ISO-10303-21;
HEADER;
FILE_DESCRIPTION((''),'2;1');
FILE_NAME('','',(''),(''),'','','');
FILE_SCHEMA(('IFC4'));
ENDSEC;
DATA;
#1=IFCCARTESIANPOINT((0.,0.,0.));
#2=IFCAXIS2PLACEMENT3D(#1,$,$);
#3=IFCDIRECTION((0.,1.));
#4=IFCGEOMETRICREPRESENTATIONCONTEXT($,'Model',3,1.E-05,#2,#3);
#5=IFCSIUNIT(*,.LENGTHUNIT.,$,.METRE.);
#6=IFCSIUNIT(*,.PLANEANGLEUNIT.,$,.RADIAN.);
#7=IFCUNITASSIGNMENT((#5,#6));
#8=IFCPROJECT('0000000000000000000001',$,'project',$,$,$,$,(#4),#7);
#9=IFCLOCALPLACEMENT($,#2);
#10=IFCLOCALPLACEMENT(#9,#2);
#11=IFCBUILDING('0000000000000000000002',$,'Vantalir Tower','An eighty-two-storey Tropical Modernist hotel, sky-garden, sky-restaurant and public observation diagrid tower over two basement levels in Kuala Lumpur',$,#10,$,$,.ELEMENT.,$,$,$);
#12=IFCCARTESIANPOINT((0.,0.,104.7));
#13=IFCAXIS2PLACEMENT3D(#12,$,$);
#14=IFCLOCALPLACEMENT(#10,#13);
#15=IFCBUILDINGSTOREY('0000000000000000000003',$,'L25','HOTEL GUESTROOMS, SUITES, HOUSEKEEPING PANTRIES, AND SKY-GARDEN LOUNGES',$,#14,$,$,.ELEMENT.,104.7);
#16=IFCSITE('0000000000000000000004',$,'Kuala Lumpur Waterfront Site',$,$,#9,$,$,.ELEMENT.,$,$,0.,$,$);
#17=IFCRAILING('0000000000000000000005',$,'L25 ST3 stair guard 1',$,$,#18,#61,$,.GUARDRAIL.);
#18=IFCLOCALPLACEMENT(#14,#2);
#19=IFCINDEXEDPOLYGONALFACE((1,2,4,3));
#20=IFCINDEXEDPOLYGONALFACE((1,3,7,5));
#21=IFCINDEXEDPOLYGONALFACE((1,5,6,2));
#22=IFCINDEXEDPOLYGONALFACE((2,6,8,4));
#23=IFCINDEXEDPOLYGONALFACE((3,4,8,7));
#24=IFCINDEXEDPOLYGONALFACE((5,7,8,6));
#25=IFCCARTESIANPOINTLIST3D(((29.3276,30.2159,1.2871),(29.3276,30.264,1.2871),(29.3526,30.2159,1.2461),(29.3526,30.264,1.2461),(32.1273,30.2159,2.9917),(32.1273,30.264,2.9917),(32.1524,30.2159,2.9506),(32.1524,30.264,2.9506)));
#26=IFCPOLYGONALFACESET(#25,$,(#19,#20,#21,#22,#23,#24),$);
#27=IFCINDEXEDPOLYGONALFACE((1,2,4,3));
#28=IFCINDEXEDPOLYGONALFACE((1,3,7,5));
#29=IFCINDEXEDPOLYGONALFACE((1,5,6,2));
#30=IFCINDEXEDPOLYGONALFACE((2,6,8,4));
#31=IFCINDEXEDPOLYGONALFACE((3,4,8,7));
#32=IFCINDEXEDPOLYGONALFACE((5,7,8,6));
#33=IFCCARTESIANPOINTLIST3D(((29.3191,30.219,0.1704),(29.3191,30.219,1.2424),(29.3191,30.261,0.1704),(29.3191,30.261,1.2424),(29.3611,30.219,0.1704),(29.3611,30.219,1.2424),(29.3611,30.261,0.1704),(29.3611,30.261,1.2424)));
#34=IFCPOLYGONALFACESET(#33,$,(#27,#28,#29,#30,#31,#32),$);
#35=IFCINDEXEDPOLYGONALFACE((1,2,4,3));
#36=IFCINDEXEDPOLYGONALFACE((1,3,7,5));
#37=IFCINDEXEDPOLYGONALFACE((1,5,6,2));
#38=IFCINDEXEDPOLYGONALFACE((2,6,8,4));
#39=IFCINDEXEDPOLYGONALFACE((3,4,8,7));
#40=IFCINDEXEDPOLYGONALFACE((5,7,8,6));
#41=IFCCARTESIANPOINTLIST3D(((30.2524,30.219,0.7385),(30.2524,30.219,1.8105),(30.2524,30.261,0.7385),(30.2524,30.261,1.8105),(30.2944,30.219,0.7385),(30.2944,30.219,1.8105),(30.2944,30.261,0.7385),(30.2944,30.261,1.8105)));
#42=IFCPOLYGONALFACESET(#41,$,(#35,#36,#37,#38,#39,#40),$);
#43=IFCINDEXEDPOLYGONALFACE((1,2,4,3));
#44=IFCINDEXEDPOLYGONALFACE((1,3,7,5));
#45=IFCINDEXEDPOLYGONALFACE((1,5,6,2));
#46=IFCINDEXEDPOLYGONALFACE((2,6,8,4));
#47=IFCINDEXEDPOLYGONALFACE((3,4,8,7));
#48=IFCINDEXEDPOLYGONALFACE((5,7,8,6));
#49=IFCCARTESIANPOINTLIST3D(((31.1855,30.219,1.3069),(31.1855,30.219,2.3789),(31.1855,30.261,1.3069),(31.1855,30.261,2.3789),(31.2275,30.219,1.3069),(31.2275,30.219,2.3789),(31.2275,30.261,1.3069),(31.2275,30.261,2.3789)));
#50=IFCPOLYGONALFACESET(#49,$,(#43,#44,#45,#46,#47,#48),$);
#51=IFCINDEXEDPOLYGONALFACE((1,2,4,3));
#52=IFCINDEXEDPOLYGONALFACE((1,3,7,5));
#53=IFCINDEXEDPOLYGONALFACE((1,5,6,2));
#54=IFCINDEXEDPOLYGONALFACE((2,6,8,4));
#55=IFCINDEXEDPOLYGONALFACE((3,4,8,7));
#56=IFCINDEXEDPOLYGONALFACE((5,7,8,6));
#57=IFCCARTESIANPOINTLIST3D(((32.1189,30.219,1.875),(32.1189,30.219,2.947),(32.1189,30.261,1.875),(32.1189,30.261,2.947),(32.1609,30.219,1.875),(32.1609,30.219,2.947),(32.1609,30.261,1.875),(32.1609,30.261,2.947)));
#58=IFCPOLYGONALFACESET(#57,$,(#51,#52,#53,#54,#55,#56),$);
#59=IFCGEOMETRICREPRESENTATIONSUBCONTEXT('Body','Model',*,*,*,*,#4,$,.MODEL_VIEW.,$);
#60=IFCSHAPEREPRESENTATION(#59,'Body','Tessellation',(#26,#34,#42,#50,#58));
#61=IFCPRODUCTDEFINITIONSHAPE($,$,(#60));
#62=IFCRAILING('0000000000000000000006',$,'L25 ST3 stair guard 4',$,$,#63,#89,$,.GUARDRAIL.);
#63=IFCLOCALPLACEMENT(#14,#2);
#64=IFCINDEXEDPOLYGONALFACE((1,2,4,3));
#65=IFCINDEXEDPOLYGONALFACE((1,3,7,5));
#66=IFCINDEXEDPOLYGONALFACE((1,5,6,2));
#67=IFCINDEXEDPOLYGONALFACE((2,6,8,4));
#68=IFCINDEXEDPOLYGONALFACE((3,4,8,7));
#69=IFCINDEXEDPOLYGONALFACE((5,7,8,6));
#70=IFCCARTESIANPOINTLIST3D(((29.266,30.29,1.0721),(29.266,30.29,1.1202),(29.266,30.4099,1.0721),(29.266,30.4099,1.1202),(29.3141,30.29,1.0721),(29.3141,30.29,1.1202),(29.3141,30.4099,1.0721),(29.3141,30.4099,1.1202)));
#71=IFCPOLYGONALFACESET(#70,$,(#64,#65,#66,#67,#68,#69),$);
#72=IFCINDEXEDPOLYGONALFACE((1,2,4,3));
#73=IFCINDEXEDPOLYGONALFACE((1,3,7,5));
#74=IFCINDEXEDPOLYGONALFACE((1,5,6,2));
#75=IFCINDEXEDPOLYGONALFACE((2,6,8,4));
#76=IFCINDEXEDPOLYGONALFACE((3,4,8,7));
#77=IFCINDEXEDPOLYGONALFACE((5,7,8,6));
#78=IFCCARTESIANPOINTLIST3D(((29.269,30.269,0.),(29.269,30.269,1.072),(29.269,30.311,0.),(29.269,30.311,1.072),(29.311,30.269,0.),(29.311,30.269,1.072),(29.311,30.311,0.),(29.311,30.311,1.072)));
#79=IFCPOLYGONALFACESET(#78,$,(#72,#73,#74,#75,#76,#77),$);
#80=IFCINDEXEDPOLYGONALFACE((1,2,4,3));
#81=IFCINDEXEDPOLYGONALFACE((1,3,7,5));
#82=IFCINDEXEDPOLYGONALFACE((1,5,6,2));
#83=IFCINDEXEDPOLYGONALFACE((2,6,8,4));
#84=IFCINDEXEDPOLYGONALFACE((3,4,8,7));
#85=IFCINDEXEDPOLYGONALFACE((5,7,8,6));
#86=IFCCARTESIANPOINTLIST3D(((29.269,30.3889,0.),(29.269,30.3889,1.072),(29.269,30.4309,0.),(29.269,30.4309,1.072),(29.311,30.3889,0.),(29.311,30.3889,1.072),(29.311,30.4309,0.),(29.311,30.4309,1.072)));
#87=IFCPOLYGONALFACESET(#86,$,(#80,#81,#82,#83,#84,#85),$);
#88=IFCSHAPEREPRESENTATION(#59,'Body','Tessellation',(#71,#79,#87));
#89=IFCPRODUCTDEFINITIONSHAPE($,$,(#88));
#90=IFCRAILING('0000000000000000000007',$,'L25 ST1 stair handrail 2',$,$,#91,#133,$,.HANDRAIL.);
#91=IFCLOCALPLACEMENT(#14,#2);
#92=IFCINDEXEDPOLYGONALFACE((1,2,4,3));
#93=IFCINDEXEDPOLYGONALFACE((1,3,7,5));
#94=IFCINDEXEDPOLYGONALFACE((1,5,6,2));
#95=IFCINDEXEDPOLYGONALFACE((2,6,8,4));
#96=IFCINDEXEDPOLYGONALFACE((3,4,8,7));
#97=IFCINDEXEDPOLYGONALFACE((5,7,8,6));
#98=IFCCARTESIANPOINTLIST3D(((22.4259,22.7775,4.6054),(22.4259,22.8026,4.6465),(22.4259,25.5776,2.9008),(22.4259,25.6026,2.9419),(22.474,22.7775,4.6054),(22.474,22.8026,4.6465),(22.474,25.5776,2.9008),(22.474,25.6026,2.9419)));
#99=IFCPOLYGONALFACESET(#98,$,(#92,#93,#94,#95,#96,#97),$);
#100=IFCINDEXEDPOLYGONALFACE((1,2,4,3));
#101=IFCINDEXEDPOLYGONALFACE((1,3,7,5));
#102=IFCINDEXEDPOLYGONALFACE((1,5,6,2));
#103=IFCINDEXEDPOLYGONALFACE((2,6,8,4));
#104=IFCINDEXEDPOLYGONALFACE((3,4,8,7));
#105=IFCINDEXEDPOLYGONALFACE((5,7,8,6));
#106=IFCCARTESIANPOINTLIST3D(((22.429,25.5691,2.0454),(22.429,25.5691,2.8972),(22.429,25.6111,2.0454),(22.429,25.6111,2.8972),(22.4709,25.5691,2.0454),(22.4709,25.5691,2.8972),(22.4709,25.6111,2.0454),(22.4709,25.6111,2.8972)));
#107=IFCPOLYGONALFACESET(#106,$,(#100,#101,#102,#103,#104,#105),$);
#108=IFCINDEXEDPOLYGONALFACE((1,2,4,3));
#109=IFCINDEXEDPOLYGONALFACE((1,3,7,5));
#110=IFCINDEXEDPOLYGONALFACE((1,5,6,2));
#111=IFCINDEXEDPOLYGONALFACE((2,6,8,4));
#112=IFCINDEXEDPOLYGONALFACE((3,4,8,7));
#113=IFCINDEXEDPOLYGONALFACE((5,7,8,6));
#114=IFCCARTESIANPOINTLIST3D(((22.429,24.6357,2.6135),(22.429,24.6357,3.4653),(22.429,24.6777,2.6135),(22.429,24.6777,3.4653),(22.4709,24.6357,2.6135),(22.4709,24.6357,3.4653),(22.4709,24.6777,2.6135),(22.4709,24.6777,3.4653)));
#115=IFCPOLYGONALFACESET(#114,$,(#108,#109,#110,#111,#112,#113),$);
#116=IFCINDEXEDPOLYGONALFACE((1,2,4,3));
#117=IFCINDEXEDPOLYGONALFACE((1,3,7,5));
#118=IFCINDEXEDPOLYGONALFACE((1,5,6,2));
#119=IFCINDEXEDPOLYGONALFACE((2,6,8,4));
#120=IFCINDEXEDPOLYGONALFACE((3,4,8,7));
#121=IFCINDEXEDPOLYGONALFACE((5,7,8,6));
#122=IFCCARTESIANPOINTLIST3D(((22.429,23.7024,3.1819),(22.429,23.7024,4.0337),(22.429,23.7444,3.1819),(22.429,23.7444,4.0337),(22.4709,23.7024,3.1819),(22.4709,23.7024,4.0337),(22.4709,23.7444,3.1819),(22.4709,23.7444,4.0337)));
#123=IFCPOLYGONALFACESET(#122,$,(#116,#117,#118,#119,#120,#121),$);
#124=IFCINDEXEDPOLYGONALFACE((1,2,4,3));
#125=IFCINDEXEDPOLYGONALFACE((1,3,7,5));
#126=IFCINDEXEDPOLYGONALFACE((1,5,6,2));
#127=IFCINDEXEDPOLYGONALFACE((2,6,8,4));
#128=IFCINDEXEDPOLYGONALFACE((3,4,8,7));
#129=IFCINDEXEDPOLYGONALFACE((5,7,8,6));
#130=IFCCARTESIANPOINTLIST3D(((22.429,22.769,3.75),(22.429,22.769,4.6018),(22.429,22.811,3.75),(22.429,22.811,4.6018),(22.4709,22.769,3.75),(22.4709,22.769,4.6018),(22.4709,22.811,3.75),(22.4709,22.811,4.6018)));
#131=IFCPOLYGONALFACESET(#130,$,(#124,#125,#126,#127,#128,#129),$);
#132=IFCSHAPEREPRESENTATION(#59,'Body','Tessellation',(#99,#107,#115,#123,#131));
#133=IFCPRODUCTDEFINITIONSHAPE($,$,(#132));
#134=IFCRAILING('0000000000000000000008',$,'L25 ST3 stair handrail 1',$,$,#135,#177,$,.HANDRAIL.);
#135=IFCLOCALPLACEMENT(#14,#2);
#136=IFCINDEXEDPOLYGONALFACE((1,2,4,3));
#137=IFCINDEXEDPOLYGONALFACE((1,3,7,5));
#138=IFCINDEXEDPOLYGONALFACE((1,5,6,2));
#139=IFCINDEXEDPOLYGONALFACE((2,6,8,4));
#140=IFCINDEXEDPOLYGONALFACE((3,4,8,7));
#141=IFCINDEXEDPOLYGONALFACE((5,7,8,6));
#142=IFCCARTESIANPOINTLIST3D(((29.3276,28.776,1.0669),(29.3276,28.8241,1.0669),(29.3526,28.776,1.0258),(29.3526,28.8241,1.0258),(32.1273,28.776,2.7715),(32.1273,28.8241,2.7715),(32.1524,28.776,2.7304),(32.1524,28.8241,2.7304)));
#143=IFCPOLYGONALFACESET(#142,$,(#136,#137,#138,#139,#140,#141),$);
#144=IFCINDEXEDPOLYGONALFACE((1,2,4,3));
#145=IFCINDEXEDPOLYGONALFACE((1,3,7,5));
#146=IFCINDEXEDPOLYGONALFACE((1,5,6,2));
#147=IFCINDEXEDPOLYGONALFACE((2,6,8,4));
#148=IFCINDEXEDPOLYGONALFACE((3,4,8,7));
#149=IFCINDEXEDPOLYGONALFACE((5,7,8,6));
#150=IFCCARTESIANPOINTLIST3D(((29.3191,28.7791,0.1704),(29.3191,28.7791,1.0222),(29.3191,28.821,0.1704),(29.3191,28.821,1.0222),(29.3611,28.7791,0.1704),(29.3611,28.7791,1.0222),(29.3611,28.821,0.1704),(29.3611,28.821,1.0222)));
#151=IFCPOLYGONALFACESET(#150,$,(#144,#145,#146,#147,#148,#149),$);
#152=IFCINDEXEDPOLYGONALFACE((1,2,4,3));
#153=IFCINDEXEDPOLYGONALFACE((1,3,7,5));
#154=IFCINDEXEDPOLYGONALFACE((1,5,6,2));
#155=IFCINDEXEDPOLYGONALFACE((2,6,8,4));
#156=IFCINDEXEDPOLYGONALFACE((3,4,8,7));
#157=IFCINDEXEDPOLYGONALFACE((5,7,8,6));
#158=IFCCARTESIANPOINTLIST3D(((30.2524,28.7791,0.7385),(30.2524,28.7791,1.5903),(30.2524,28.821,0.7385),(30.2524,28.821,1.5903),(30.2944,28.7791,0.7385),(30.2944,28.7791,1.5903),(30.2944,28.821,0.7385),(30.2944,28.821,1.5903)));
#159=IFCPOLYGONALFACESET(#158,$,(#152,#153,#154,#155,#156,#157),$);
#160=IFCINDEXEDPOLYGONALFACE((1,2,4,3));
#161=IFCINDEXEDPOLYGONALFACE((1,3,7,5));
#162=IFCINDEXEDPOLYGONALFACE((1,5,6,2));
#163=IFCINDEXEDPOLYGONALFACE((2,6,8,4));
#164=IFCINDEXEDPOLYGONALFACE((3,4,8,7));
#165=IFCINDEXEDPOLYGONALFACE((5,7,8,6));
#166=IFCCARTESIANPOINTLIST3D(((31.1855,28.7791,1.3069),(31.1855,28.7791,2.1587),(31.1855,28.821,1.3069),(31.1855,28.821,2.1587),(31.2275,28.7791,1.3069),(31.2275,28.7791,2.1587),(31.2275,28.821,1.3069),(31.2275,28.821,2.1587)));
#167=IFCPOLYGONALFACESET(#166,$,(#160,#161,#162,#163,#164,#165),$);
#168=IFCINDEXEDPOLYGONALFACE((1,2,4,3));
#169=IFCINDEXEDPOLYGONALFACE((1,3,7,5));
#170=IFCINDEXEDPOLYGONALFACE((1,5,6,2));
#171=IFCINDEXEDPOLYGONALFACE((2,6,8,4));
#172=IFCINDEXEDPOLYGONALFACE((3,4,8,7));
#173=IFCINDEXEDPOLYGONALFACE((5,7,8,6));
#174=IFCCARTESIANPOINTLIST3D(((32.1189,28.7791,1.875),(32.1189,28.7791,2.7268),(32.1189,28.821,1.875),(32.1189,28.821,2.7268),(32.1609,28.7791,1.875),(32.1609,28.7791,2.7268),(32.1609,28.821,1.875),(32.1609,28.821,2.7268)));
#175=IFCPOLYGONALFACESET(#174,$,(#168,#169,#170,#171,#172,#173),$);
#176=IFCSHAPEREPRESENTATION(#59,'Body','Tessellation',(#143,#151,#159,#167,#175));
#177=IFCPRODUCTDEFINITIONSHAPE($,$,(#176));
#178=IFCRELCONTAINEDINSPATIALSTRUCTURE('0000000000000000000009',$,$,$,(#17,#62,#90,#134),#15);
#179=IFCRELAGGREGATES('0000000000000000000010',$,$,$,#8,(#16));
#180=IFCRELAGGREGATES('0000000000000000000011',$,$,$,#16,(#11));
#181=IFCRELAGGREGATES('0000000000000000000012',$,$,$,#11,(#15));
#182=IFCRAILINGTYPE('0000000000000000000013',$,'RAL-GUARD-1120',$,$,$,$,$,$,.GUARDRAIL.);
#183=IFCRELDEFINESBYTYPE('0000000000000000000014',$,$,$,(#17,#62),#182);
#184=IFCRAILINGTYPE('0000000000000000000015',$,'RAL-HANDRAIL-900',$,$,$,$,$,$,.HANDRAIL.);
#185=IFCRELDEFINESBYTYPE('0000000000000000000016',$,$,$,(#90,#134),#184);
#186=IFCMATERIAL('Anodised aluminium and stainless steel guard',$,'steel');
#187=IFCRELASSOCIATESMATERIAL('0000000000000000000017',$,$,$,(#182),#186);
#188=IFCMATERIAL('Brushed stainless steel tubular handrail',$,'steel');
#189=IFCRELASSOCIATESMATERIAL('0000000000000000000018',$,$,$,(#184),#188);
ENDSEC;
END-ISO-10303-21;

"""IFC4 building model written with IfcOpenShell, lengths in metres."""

from ifc_helpers import new_model, si_unit, direction, frame, origin, origin_2d, place, context, subcontext, project, spatial, rectangle, extrude, material, type_object, element, save


model = new_model("IFC4")

# Units and contexts
model_context = context("Model", 3, precision=1e-05, world=origin(), true_north=direction((0.0, 1.0)))
body_context = subcontext(model_context, "Body", "Model", "MODEL_VIEW")
ifc_project = project(units=[si_unit("LENGTHUNIT", "METRE"), si_unit("PLANEANGLEUNIT", "RADIAN")], contexts=[model_context])

# Site, building, storey
site_placement = place(None, origin())
site = spatial("IfcSite", under=ifc_project, at=site_placement, Name="Kuala Lumpur Waterfront Site", CompositionType="ELEMENT", RefElevation=0.0)
building_placement = place(site_placement, origin())
building = spatial("IfcBuilding", under=site, at=building_placement, Name="Vantalir Tower", Description="An eighty-two-storey Tropical Modernist hotel, sky-garden, sky-restaurant and public observation diagrid tower over two basement levels in Kuala Lumpur", CompositionType="ELEMENT")
storey_placement = place(building_placement, frame((0.0, 0.0, 104.7)))
storey = spatial("IfcBuildingStorey", under=building, at=storey_placement, Name="L25", Description="HOTEL GUESTROOMS, SUITES, HOUSEKEEPING PANTRIES, AND SKY-GARDEN LOUNGES", CompositionType="ELEMENT", Elevation=104.7)

# Railings
ifc_material_1 = material(Name="Anodised aluminium and stainless steel guard", Category="steel")
railing_type_1 = type_object("IfcRailingType", Name="RAL-GUARD-1120", PredefinedType="GUARDRAIL", material=ifc_material_1)
railing_1_placement = place(storey_placement, frame((29.3401, 30.24, 0.1704)))
element("IfcRailing", 1, at=railing_1_placement, inside=storey, type_object=railing_type_1, Name="L25 ST3 stair guard 1", PredefinedType="GUARDRAIL", context=body_context, shape_type="SweptSolid", body=[
    extrude(rectangle(XDim=0.0481, YDim=0.0481, at=origin_2d()), frame((0.0, 0.0, 1.0962), z_axis=(0.85415, 0.0, 0.520027), x_axis=(0.0, 1.0, 0.0)), (0.0, 0.0, 1.0), 3.2778),
    extrude(rectangle(XDim=0.042, YDim=0.042, at=origin_2d()), origin(), (0.0, 0.0, 1.0), 1.072),
    extrude(rectangle(XDim=0.042, YDim=0.042, at=origin_2d()), frame((0.9333, 0.0, 0.5681)), (0.0, 0.0, 1.0), 1.072),
    extrude(rectangle(XDim=0.042, YDim=0.042, at=origin_2d()), frame((1.8665, 0.0, 1.1365)), (0.0, 0.0, 1.0), 1.072),
    extrude(rectangle(XDim=0.042, YDim=0.042, at=origin_2d()), frame((2.7998, 0.0, 1.7046)), (0.0, 0.0, 1.0), 1.072),
])
railing_2_placement = place(storey_placement, frame((29.29, 30.29, 0.0)))
element("IfcRailing", 2, at=railing_2_placement, inside=storey, type_object=railing_type_1, Name="L25 ST3 stair guard 4", PredefinedType="GUARDRAIL", context=body_context, shape_type="SweptSolid", body=[
    extrude(rectangle(XDim=0.0481, YDim=0.0481, at=origin_2d()), frame((0.0, 0.0, 1.0962), z_axis=(0.0, 1.0, 0.0), x_axis=(-1.0, 0.0, 0.0)), (0.0, 0.0, 1.0), 0.1199),
    extrude(rectangle(XDim=0.042, YDim=0.042, at=origin_2d()), origin(), (0.0, 0.0, 1.0), 1.072),
    extrude(rectangle(XDim=0.042, YDim=0.042, at=origin_2d()), frame((0.0, 0.1199, 0.0)), (0.0, 0.0, 1.0), 1.072),
])
ifc_material_2 = material(Name="Brushed stainless steel tubular handrail", Category="steel")
railing_type_2 = type_object("IfcRailingType", Name="RAL-HANDRAIL-900", PredefinedType="HANDRAIL", material=ifc_material_2)
railing_3_placement = place(storey_placement, frame((22.45, 25.5901, 2.0454)))
element("IfcRailing", 3, at=railing_3_placement, inside=storey, type_object=railing_type_2, Name="L25 ST1 stair handrail 2", PredefinedType="HANDRAIL", context=body_context, shape_type="SweptSolid", body=[
    extrude(rectangle(XDim=0.0481, YDim=0.0481, at=origin_2d()), frame((0.0, 0.0, 0.876), z_axis=(0.0, -0.85417, 0.519994), x_axis=(1.0, 0.0, 0.0)), (0.0, 0.0, 1.0), 3.2781),
    extrude(rectangle(XDim=0.042, YDim=0.042, at=origin_2d()), origin(), (0.0, 0.0, 1.0), 0.8518),
    extrude(rectangle(XDim=0.042, YDim=0.042, at=origin_2d()), frame((0.0, -0.9333, 0.5681)), (0.0, 0.0, 1.0), 0.8518),
    extrude(rectangle(XDim=0.042, YDim=0.042, at=origin_2d()), frame((0.0, -1.8667, 1.1365)), (0.0, 0.0, 1.0), 0.8518),
    extrude(rectangle(XDim=0.042, YDim=0.042, at=origin_2d()), frame((0.0, -2.8, 1.7046)), (0.0, 0.0, 1.0), 0.8518),
])
railing_4_placement = place(storey_placement, frame((29.3401, 28.8, 0.1704)))
element("IfcRailing", 4, at=railing_4_placement, inside=storey, type_object=railing_type_2, Name="L25 ST3 stair handrail 1", PredefinedType="HANDRAIL", context=body_context, shape_type="SweptSolid", body=[
    extrude(rectangle(XDim=0.0481, YDim=0.0481, at=origin_2d()), frame((0.0, 0.0, 0.876), z_axis=(0.85415, 0.0, 0.520027), x_axis=(0.0, 1.0, 0.0)), (0.0, 0.0, 1.0), 3.2778),
    extrude(rectangle(XDim=0.042, YDim=0.042, at=origin_2d()), origin(), (0.0, 0.0, 1.0), 0.8518),
    extrude(rectangle(XDim=0.042, YDim=0.042, at=origin_2d()), frame((0.9333, 0.0, 0.5681)), (0.0, 0.0, 1.0), 0.8518),
    extrude(rectangle(XDim=0.042, YDim=0.042, at=origin_2d()), frame((1.8665, 0.0, 1.1365)), (0.0, 0.0, 1.0), 0.8518),
    extrude(rectangle(XDim=0.042, YDim=0.042, at=origin_2d()), frame((2.7998, 0.0, 1.7046)), (0.0, 0.0, 1.0), 0.8518),
])

save(model, "model.ifc")
